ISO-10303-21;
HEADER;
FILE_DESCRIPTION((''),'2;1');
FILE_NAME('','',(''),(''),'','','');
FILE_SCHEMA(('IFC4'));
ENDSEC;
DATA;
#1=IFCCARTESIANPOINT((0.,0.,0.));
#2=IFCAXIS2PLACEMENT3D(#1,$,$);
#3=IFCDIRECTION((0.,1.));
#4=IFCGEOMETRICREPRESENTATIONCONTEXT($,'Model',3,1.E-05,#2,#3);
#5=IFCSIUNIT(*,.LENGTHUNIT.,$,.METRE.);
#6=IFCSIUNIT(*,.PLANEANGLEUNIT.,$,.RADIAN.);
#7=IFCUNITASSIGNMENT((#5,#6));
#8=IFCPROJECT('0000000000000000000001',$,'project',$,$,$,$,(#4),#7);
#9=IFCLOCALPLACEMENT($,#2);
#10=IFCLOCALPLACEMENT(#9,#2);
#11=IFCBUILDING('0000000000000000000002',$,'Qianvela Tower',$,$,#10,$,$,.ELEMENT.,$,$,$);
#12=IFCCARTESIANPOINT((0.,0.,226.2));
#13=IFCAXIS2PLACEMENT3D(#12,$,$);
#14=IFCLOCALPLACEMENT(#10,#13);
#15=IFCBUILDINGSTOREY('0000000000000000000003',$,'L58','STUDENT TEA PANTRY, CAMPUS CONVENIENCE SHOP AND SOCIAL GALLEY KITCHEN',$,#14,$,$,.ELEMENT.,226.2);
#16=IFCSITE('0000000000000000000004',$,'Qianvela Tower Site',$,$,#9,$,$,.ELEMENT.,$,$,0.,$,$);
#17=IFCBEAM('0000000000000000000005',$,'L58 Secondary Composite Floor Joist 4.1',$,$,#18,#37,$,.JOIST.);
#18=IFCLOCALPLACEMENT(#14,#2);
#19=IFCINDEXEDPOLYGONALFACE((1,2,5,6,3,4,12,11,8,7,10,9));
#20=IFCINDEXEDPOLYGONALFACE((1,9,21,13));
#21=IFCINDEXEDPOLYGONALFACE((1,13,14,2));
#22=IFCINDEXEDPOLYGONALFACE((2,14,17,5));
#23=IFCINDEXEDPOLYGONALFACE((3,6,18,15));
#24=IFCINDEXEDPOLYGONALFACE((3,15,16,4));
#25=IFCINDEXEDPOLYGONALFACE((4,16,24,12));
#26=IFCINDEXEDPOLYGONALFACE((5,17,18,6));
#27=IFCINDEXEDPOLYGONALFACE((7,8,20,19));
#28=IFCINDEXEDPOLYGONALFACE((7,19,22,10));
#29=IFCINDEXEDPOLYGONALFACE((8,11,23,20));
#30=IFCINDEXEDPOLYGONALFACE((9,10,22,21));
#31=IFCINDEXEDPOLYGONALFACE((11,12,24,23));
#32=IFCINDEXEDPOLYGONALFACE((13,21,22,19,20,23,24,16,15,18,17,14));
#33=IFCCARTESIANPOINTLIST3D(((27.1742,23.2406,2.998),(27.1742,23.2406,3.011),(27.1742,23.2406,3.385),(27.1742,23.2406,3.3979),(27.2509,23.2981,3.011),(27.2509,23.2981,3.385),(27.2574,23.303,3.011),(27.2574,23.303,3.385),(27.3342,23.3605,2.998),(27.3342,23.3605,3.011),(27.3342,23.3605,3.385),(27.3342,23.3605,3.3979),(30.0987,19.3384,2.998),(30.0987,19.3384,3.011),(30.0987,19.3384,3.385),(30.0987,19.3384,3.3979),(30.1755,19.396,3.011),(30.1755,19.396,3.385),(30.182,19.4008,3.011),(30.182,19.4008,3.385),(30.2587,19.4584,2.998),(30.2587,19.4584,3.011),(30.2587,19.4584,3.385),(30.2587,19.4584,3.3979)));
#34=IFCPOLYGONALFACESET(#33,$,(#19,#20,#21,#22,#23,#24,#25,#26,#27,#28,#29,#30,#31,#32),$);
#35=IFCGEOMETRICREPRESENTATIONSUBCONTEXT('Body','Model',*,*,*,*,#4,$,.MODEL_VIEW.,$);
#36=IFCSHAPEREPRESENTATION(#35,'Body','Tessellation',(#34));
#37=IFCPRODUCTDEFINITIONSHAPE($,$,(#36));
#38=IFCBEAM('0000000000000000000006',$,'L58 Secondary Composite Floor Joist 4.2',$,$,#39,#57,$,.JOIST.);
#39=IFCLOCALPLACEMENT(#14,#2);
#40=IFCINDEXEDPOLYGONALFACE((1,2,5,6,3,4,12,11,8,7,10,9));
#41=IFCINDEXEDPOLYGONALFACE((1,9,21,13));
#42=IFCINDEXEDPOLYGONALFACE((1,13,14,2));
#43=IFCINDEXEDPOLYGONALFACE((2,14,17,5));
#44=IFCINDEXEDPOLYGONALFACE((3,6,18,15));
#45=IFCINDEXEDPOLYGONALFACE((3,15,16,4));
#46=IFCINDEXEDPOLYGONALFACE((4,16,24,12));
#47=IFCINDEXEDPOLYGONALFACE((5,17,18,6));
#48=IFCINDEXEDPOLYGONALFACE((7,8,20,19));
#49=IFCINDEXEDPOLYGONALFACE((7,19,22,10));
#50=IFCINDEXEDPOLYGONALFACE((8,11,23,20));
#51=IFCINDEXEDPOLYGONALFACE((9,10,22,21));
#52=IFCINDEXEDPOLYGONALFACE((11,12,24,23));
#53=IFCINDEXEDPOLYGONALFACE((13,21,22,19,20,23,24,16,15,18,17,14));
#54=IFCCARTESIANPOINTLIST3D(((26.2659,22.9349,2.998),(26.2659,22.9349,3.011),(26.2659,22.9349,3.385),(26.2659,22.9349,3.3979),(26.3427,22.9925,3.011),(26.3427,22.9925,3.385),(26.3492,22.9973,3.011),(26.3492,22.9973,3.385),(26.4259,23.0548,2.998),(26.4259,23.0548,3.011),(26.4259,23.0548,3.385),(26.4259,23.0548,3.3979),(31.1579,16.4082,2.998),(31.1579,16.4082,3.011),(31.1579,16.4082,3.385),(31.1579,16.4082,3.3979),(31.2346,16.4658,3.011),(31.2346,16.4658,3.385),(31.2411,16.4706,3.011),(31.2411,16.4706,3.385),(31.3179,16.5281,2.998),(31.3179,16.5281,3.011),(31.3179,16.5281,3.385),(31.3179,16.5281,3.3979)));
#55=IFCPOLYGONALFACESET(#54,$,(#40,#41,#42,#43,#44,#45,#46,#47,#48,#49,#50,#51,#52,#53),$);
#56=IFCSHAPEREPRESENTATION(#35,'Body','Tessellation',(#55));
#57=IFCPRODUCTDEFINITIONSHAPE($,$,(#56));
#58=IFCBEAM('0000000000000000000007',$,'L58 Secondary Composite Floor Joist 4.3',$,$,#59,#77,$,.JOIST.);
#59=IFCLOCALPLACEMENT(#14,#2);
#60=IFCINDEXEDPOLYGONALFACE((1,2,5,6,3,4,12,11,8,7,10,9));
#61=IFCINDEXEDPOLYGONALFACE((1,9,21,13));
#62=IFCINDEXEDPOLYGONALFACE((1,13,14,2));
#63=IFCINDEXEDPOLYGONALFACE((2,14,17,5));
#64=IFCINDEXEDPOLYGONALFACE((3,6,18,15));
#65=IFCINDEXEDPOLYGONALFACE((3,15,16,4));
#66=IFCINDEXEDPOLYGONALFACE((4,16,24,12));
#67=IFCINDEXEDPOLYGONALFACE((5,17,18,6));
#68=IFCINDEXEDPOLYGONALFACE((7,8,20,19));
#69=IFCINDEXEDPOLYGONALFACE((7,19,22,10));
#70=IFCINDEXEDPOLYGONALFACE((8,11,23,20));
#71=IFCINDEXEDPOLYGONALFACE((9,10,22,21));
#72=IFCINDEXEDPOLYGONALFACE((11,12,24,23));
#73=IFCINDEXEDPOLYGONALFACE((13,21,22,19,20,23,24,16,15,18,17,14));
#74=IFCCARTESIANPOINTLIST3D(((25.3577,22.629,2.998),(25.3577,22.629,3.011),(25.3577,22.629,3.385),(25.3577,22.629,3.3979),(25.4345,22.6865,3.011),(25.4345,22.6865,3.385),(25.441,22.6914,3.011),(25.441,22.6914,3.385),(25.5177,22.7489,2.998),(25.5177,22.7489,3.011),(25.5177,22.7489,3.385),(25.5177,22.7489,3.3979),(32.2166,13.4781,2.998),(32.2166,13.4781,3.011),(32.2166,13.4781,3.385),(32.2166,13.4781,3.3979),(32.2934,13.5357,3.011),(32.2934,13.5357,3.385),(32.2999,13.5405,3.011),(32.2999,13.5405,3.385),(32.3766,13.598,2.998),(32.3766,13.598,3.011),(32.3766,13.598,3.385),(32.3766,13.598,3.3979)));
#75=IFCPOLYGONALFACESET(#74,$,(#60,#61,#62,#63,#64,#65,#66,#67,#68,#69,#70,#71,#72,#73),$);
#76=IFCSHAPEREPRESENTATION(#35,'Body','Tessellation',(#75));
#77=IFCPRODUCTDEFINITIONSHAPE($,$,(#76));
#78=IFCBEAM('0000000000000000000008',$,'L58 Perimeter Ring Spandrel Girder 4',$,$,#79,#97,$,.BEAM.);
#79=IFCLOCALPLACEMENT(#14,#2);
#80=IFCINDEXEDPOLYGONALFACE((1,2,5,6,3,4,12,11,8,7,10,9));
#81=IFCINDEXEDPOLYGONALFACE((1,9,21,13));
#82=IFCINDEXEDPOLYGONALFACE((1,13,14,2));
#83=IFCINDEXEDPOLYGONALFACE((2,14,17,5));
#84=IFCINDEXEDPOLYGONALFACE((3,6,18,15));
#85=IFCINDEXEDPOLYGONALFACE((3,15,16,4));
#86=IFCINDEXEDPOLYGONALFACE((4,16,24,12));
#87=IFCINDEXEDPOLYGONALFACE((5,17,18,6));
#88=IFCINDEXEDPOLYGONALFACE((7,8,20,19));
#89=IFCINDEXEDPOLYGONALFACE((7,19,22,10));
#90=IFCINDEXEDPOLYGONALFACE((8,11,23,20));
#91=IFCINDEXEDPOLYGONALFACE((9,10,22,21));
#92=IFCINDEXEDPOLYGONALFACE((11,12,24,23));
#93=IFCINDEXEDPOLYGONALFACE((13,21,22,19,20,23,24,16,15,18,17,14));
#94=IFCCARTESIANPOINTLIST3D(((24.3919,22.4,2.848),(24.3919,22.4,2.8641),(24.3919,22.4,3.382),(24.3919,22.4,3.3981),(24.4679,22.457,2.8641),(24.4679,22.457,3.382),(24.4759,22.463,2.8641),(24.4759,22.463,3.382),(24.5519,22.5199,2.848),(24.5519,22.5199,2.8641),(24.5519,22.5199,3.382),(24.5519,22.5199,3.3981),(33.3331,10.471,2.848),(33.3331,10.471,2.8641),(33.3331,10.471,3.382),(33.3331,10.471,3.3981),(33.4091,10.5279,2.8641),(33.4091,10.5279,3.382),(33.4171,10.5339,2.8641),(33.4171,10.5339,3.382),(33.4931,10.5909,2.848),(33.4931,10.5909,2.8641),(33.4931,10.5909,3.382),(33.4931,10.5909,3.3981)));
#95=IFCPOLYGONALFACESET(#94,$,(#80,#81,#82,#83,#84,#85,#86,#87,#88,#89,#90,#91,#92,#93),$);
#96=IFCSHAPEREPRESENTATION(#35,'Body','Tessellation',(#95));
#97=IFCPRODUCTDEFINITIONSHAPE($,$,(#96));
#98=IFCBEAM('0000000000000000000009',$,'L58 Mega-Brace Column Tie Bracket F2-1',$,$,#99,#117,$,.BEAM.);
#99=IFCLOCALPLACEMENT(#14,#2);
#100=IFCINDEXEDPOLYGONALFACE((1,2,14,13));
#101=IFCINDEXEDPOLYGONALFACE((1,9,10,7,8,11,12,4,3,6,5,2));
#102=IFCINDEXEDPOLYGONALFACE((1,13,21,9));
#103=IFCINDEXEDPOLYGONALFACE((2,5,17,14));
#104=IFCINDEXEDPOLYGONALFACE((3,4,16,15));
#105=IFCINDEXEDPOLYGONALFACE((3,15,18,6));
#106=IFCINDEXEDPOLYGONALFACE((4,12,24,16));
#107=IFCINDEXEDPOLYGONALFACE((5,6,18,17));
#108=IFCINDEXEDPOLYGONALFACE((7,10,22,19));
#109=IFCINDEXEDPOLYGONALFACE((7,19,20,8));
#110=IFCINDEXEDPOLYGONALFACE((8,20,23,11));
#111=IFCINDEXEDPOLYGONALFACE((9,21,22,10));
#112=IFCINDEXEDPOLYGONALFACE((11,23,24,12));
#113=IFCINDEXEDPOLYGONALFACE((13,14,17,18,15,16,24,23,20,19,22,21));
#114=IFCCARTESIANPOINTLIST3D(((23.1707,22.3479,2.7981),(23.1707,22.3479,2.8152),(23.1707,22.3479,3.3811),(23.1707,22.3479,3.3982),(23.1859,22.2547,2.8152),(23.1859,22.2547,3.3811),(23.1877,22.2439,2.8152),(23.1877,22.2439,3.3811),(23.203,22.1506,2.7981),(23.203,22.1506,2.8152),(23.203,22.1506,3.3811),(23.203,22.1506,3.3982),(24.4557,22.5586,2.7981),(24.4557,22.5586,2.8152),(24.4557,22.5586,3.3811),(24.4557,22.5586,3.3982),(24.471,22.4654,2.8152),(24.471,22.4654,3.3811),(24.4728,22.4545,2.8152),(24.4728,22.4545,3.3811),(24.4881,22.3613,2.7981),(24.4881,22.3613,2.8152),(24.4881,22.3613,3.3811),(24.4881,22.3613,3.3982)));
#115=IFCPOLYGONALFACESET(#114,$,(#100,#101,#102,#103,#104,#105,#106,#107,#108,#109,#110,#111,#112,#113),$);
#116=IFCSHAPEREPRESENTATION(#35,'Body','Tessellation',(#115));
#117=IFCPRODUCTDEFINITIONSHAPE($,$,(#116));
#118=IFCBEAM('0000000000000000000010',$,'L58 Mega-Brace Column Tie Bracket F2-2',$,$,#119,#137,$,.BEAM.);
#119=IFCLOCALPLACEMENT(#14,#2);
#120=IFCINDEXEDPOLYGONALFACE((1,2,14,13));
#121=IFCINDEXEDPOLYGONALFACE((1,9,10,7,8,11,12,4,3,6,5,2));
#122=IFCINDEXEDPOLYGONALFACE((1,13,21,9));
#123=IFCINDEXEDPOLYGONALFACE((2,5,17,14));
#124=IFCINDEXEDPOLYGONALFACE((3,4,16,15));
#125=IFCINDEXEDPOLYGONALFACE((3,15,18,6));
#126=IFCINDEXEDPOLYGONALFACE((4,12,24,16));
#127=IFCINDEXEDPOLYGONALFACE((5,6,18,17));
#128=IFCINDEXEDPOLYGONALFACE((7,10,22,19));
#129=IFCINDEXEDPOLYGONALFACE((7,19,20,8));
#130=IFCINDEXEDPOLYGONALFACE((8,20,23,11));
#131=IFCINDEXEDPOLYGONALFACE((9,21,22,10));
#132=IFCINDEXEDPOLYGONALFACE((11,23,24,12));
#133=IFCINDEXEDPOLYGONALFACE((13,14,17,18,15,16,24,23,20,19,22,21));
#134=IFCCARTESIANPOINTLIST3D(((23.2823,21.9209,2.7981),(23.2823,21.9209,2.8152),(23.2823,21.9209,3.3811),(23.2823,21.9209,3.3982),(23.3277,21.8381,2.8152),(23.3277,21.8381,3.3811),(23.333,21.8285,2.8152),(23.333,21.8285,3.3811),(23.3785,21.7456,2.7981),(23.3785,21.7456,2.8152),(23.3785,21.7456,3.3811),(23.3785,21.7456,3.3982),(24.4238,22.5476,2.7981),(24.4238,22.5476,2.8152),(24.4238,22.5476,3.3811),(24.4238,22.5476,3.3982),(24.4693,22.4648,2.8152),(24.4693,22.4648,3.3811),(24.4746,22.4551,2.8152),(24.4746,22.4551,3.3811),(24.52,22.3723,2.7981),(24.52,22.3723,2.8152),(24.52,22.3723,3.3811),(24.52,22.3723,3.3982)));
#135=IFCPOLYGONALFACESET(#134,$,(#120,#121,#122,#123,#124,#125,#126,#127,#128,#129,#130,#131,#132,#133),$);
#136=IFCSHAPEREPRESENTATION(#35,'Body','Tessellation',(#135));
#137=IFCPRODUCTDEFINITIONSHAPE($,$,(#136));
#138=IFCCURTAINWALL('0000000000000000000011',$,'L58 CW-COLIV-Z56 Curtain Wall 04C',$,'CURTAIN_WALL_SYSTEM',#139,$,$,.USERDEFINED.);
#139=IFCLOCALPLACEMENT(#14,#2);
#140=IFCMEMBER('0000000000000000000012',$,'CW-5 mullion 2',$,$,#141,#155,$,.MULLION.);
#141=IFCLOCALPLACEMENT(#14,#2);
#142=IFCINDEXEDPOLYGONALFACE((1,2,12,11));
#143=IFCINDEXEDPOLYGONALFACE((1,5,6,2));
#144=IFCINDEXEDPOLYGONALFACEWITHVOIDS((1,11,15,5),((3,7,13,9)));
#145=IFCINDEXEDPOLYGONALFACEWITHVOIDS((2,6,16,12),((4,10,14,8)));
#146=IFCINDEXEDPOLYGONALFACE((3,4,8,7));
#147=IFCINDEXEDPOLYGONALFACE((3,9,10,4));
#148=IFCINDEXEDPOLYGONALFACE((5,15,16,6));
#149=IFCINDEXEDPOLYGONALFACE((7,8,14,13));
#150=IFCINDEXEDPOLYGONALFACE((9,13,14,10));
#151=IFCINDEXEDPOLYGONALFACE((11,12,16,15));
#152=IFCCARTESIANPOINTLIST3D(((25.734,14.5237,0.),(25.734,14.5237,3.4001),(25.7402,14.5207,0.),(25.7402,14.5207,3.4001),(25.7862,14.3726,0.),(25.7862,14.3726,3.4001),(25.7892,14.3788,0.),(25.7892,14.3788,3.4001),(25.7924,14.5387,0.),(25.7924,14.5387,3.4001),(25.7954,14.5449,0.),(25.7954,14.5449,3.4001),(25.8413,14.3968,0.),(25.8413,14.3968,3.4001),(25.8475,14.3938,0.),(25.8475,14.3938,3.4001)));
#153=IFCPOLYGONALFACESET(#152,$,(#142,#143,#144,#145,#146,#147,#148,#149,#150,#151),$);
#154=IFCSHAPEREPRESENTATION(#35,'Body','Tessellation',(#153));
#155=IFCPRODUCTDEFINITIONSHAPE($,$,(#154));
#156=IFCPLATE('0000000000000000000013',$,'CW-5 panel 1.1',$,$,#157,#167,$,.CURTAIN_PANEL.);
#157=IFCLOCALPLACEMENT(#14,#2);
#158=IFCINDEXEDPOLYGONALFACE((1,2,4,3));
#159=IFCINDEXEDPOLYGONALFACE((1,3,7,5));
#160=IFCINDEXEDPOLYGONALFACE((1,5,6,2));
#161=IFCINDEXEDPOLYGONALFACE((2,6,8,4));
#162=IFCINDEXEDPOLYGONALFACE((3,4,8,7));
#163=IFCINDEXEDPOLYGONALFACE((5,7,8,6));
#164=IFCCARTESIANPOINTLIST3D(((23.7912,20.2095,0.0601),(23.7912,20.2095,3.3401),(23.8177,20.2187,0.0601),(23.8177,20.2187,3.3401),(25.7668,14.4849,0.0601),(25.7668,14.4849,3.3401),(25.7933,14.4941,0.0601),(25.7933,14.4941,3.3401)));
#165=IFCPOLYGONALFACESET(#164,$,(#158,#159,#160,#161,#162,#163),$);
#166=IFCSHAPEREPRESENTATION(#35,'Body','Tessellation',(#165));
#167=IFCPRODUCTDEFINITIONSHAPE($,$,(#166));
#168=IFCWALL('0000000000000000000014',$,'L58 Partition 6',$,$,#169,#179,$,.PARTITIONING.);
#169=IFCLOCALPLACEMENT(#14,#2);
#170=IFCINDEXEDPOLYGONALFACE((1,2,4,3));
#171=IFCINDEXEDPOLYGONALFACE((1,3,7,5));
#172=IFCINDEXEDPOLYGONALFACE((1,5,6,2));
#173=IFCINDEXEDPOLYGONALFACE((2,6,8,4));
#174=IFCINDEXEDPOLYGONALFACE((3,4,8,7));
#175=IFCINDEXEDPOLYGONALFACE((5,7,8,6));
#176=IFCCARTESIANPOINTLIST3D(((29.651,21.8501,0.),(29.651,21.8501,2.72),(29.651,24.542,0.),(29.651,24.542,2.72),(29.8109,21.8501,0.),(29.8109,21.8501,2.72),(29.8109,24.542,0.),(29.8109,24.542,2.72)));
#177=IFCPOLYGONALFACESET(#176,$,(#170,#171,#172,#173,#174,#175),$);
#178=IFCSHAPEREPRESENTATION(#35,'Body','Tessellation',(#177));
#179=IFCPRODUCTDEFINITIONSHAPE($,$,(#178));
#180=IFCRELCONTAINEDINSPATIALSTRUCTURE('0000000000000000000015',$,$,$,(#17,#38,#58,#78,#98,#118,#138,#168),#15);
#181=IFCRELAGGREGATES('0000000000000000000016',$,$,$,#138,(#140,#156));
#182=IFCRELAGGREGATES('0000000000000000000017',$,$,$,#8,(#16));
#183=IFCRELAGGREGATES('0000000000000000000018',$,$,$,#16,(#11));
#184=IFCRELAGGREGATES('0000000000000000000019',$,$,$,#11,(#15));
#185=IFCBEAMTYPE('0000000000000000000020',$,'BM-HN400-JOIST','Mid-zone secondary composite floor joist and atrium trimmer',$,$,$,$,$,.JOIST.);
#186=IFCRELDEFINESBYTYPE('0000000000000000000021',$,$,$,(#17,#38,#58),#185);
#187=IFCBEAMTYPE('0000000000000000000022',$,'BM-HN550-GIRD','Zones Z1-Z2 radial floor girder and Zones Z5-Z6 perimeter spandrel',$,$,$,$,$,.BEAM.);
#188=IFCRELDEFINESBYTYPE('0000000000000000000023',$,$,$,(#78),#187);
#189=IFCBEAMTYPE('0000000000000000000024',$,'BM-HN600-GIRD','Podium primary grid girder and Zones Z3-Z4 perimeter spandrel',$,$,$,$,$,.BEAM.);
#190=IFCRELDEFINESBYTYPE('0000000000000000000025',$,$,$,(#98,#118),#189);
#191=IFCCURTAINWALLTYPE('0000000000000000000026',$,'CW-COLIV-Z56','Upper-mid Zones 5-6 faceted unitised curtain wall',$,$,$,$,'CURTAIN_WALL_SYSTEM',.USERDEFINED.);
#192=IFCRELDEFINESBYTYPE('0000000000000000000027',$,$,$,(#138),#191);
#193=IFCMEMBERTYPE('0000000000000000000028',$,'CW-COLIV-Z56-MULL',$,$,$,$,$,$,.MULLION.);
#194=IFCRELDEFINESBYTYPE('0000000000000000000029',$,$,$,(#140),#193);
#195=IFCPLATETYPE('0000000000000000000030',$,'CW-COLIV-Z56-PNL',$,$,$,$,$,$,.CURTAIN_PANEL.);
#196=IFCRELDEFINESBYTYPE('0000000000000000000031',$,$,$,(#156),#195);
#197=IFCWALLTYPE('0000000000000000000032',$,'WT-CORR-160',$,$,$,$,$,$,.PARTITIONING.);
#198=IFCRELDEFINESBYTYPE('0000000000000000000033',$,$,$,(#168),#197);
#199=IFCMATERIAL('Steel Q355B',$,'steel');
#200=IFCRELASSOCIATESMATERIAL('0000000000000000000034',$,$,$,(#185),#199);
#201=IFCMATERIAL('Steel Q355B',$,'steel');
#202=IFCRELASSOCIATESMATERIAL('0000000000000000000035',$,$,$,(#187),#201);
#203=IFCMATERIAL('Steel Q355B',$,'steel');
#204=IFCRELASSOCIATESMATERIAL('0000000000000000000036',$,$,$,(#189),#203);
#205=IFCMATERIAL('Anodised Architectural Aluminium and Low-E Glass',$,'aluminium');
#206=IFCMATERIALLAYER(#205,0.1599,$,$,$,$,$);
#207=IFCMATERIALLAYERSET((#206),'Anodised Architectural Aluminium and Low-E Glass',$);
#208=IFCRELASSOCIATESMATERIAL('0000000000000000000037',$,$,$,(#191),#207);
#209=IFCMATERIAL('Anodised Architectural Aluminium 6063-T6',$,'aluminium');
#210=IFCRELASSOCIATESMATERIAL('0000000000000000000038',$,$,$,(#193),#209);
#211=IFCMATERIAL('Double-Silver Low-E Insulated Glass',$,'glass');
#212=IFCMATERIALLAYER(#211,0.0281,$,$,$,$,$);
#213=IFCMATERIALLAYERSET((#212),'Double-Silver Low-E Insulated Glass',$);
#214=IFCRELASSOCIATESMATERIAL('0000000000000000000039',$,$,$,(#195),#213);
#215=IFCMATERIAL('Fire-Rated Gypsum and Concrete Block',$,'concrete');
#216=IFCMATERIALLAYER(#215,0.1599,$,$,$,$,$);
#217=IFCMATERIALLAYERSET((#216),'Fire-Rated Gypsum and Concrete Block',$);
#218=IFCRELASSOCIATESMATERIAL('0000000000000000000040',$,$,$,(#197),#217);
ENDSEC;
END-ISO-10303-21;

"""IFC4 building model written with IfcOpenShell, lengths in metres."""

from ifc_helpers import new_model, si_unit, direction, frame, frame_2d, origin, origin_2d, place, context, subcontext, project, spatial, rectangle, hollow_rectangle, i_section, extrude, material, layer, layer_set, material_profile, profile_set, type_object, element, aggregate, save


model = new_model("IFC4")

# Units and contexts
model_context = context("Model", 3, precision=1e-05, world=origin(), true_north=direction((0.0, 1.0)))
body_context = subcontext(model_context, "Body", "Model", "MODEL_VIEW")
ifc_project = project(units=[si_unit("LENGTHUNIT", "METRE"), si_unit("PLANEANGLEUNIT", "RADIAN")], contexts=[model_context])

# Site, building, storey
site_placement = place(None, origin())
site = spatial("IfcSite", under=ifc_project, at=site_placement, Name="Qianvela Tower Site", CompositionType="ELEMENT", RefElevation=0.0)
building_placement = place(site_placement, origin())
building = spatial("IfcBuilding", under=site, at=building_placement, Name="Qianvela Tower", CompositionType="ELEMENT")
storey_placement = place(building_placement, frame((0.0, 0.0, 226.2)))
storey = spatial("IfcBuildingStorey", under=building, at=storey_placement, Name="L58", Description="STUDENT TEA PANTRY, CAMPUS CONVENIENCE SHOP AND SOCIAL GALLEY KITCHEN", CompositionType="ELEMENT", Elevation=226.2)

# Beams
ifc_material_1 = material(Name="Steel Q355B", Category="steel")
ifc_material_profile_1 = material_profile(ifc_material_1, i_section(OverallWidth=0.2, OverallDepth=0.3999, WebThickness=0.0081, FlangeThickness=0.0129, at=origin_2d()), Name="HN400x200x8x13")
ifc_profile_set_1 = profile_set([ifc_material_profile_1], Name="Steel Q355B")
beam_type_1 = type_object("IfcBeamType", Name="BM-HN400-JOIST", Description="Mid-zone secondary composite floor joist and atrium trimmer", PredefinedType="JOIST", material=ifc_profile_set_1)
beam_1_placement = place(storey_placement, frame((27.2542, 23.3005, 3.198), z_axis=(0.599736, -0.800198, 0.0), x_axis=(0.800198, 0.599736, 0.0)))
element("IfcBeam", 1, at=beam_1_placement, inside=storey, type_object=beam_type_1, Name="L58 Secondary Composite Floor Joist 4.1", PredefinedType="JOIST", context=body_context, shape_type="SweptSolid", body=[
    extrude(i_section(OverallWidth=0.2, OverallDepth=0.3999, WebThickness=0.0081, FlangeThickness=0.0129, at=origin_2d()), origin(), (0.0, 0.0, 1.0), 4.8765),
])
beam_2_placement = place(storey_placement, frame((26.3459, 22.9949, 3.198), z_axis=(0.599756, -0.800183, 0.0), x_axis=(0.800183, 0.599756, 0.0)))
element("IfcBeam", 2, at=beam_2_placement, inside=storey, type_object=beam_type_1, Name="L58 Secondary Composite Floor Joist 4.2", PredefinedType="JOIST", context=body_context, shape_type="SweptSolid", body=[
    extrude(i_section(OverallWidth=0.2, OverallDepth=0.3999, WebThickness=0.0081, FlangeThickness=0.0129, at=origin_2d()), origin(), (0.0, 0.0, 1.0), 8.1565),
])
beam_3_placement = place(storey_placement, frame((25.4377, 22.689, 3.198), z_axis=(0.599761, -0.800179, 0.0), x_axis=(0.800179, 0.599761, 0.0)))
element("IfcBeam", 3, at=beam_3_placement, inside=storey, type_object=beam_type_1, Name="L58 Secondary Composite Floor Joist 4.3", PredefinedType="JOIST", context=body_context, shape_type="SweptSolid", body=[
    extrude(i_section(OverallWidth=0.2, OverallDepth=0.3999, WebThickness=0.0081, FlangeThickness=0.0129, at=origin_2d()), origin(), (0.0, 0.0, 1.0), 11.436),
])
ifc_material_2 = material(Name="Steel Q355B", Category="steel")
ifc_material_profile_2 = material_profile(ifc_material_2, i_section(OverallWidth=0.2, OverallDepth=0.55, WebThickness=0.01, FlangeThickness=0.0161, at=origin_2d()), Name="HN550x200x10x16")
ifc_profile_set_2 = profile_set([ifc_material_profile_2], Name="Steel Q355B")
beam_type_2 = type_object("IfcBeamType", Name="BM-HN550-GIRD", Description="Zones Z1-Z2 radial floor girder and Zones Z5-Z6 perimeter spandrel", PredefinedType="BEAM", material=ifc_profile_set_2)
beam_4_placement = place(storey_placement, frame((24.4719, 22.46, 3.123), z_axis=(0.599762, -0.800179, 0.0), x_axis=(0.800179, 0.599762, 0.0)))
element("IfcBeam", 4, at=beam_4_placement, inside=storey, type_object=beam_type_2, Name="L58 Perimeter Ring Spandrel Girder 4", PredefinedType="BEAM", context=body_context, shape_type="SweptSolid", body=[
    extrude(i_section(OverallWidth=0.2, OverallDepth=0.55, WebThickness=0.01, FlangeThickness=0.0161, at=origin_2d()), origin(), (0.0, 0.0, 1.0), 14.908),
])
ifc_material_3 = material(Name="Steel Q355B", Category="steel")
ifc_material_profile_3 = material_profile(ifc_material_3, i_section(OverallWidth=0.2, OverallDepth=0.6001, WebThickness=0.011, FlangeThickness=0.0171, at=origin_2d()), Name="HN600x200x11x17")
ifc_profile_set_3 = profile_set([ifc_material_profile_3], Name="Steel Q355B")
beam_type_3 = type_object("IfcBeamType", Name="BM-HN600-GIRD", Description="Podium primary grid girder and Zones Z3-Z4 perimeter spandrel", PredefinedType="BEAM", material=ifc_profile_set_3)
for number, where, z_axis, x_axis, name in (
    (5, (24.4719, 22.46, 3.0981), (-0.986826, -0.161784, 0.0), (0.161784, -0.986826, 0.0), "L58 Mega-Brace Column Tie Bracket F2-1"),
    (6, (24.4719, 22.46, 3.0981), (-0.876596, -0.481228, 0.0), (0.481228, -0.876596, 0.0), "L58 Mega-Brace Column Tie Bracket F2-2"),
):
    element("IfcBeam", number, at=place(storey_placement, frame(where, z_axis=z_axis, x_axis=x_axis)), inside=storey, type_object=beam_type_3, Name=name, PredefinedType="BEAM", context=body_context, shape_type="SweptSolid", body=[
        extrude(i_section(OverallWidth=0.2, OverallDepth=0.6001, WebThickness=0.011, FlangeThickness=0.0171, at=origin_2d()), origin(), (0.0, 0.0, 1.0), 1.3022),
    ])

# Curtain wall, member, plate
ifc_material_4 = material(Name="Anodised Architectural Aluminium and Low-E Glass", Category="aluminium")
ifc_layer_1 = layer(ifc_material_4, 0.1599)
ifc_layer_set_1 = layer_set([ifc_layer_1], Name="Anodised Architectural Aluminium and Low-E Glass")
curtain_wall_type = type_object("IfcCurtainWallType", Name="CW-COLIV-Z56", Description="Upper-mid Zones 5-6 faceted unitised curtain wall", ElementType="CURTAIN_WALL_SYSTEM", PredefinedType="USERDEFINED", material=ifc_layer_set_1)
curtain_wall_placement = place(storey_placement, origin())
curtain_wall = element("IfcCurtainWall", 7, at=curtain_wall_placement, inside=storey, type_object=curtain_wall_type, Name="L58 CW-COLIV-Z56 Curtain Wall 04C", ObjectType="CURTAIN_WALL_SYSTEM", PredefinedType="USERDEFINED")
ifc_material_5 = material(Name="Anodised Architectural Aluminium 6063-T6", Category="aluminium")
ifc_material_profile_4 = material_profile(ifc_material_5, hollow_rectangle(XDim=0.0649, YDim=0.1599, WallThickness=0.0049, at=origin_2d()), Name="ALU-MULL-65x160")
ifc_profile_set_4 = profile_set([ifc_material_profile_4], Name="Anodised Architectural Aluminium 6063-T6")
member_type = type_object("IfcMemberType", Name="CW-COLIV-Z56-MULL", PredefinedType="MULLION", material=ifc_profile_set_4)
member_placement = place(storey_placement, frame((25.7908, 14.4587, 0.0), z_axis=(0.0, 0.0, 1.0), x_axis=(0.945291, 0.326229, 0.0)))
member = element("IfcMember", 8, at=member_placement, type_object=member_type, Name="CW-5 mullion 2", PredefinedType="MULLION", context=body_context, shape_type="SweptSolid", body=[
    extrude(hollow_rectangle(XDim=0.0649, YDim=0.1599, WallThickness=0.0049, at=origin_2d()), origin(), (0.0, 0.0, 1.0), 3.4001),
])
ifc_material_6 = material(Name="Double-Silver Low-E Insulated Glass", Category="glass")
ifc_layer_2 = layer(ifc_material_6, 0.0281)
ifc_layer_set_2 = layer_set([ifc_layer_2], Name="Double-Silver Low-E Insulated Glass")
plate_type = type_object("IfcPlateType", Name="CW-COLIV-Z56-PNL", PredefinedType="CURTAIN_PANEL", material=ifc_layer_set_2)
plate_placement = place(storey_placement, frame((24.7922, 17.3518, 0.0601), z_axis=(0.0, 0.0, 1.0), x_axis=(0.326229, -0.945291, 0.0)))
plate = element("IfcPlate", 9, at=plate_placement, type_object=plate_type, Name="CW-5 panel 1.1", PredefinedType="CURTAIN_PANEL", context=body_context, shape_type="SweptSolid", body=[
    extrude(rectangle(XDim=6.0559, YDim=0.0281, at=origin_2d()), origin(), (0.0, 0.0, 1.0), 3.28),
])
aggregate(curtain_wall, [member, plate])

# Shared definitions
ifc_material_7 = material(Name="Fire-Rated Gypsum and Concrete Block", Category="concrete")
ifc_layer_3 = layer(ifc_material_7, 0.1599)
ifc_layer_set_3 = layer_set([ifc_layer_3], Name="Fire-Rated Gypsum and Concrete Block")
wall_type_1 = type_object("IfcWallType", Name="WT-CORR-160", PredefinedType="PARTITIONING", material=ifc_layer_set_3)

# Wall
wall_1_placement = place(storey_placement, frame((29.731, 21.8501, 0.0), z_axis=(0.0, 0.0, 1.0), x_axis=(0.0, 1.0, 0.0)))
element("IfcWall", 10, at=wall_1_placement, inside=storey, type_object=wall_type_1, Name="L58 Partition 6", PredefinedType="PARTITIONING", context=body_context, shape_type="SweptSolid", body=[
    extrude(rectangle(XDim=2.6919, YDim=0.1599, at=frame_2d((1.3459, 0.0))), origin(), (0.0, 0.0, 1.0), 2.72),
])

save(model, "model.ifc")
